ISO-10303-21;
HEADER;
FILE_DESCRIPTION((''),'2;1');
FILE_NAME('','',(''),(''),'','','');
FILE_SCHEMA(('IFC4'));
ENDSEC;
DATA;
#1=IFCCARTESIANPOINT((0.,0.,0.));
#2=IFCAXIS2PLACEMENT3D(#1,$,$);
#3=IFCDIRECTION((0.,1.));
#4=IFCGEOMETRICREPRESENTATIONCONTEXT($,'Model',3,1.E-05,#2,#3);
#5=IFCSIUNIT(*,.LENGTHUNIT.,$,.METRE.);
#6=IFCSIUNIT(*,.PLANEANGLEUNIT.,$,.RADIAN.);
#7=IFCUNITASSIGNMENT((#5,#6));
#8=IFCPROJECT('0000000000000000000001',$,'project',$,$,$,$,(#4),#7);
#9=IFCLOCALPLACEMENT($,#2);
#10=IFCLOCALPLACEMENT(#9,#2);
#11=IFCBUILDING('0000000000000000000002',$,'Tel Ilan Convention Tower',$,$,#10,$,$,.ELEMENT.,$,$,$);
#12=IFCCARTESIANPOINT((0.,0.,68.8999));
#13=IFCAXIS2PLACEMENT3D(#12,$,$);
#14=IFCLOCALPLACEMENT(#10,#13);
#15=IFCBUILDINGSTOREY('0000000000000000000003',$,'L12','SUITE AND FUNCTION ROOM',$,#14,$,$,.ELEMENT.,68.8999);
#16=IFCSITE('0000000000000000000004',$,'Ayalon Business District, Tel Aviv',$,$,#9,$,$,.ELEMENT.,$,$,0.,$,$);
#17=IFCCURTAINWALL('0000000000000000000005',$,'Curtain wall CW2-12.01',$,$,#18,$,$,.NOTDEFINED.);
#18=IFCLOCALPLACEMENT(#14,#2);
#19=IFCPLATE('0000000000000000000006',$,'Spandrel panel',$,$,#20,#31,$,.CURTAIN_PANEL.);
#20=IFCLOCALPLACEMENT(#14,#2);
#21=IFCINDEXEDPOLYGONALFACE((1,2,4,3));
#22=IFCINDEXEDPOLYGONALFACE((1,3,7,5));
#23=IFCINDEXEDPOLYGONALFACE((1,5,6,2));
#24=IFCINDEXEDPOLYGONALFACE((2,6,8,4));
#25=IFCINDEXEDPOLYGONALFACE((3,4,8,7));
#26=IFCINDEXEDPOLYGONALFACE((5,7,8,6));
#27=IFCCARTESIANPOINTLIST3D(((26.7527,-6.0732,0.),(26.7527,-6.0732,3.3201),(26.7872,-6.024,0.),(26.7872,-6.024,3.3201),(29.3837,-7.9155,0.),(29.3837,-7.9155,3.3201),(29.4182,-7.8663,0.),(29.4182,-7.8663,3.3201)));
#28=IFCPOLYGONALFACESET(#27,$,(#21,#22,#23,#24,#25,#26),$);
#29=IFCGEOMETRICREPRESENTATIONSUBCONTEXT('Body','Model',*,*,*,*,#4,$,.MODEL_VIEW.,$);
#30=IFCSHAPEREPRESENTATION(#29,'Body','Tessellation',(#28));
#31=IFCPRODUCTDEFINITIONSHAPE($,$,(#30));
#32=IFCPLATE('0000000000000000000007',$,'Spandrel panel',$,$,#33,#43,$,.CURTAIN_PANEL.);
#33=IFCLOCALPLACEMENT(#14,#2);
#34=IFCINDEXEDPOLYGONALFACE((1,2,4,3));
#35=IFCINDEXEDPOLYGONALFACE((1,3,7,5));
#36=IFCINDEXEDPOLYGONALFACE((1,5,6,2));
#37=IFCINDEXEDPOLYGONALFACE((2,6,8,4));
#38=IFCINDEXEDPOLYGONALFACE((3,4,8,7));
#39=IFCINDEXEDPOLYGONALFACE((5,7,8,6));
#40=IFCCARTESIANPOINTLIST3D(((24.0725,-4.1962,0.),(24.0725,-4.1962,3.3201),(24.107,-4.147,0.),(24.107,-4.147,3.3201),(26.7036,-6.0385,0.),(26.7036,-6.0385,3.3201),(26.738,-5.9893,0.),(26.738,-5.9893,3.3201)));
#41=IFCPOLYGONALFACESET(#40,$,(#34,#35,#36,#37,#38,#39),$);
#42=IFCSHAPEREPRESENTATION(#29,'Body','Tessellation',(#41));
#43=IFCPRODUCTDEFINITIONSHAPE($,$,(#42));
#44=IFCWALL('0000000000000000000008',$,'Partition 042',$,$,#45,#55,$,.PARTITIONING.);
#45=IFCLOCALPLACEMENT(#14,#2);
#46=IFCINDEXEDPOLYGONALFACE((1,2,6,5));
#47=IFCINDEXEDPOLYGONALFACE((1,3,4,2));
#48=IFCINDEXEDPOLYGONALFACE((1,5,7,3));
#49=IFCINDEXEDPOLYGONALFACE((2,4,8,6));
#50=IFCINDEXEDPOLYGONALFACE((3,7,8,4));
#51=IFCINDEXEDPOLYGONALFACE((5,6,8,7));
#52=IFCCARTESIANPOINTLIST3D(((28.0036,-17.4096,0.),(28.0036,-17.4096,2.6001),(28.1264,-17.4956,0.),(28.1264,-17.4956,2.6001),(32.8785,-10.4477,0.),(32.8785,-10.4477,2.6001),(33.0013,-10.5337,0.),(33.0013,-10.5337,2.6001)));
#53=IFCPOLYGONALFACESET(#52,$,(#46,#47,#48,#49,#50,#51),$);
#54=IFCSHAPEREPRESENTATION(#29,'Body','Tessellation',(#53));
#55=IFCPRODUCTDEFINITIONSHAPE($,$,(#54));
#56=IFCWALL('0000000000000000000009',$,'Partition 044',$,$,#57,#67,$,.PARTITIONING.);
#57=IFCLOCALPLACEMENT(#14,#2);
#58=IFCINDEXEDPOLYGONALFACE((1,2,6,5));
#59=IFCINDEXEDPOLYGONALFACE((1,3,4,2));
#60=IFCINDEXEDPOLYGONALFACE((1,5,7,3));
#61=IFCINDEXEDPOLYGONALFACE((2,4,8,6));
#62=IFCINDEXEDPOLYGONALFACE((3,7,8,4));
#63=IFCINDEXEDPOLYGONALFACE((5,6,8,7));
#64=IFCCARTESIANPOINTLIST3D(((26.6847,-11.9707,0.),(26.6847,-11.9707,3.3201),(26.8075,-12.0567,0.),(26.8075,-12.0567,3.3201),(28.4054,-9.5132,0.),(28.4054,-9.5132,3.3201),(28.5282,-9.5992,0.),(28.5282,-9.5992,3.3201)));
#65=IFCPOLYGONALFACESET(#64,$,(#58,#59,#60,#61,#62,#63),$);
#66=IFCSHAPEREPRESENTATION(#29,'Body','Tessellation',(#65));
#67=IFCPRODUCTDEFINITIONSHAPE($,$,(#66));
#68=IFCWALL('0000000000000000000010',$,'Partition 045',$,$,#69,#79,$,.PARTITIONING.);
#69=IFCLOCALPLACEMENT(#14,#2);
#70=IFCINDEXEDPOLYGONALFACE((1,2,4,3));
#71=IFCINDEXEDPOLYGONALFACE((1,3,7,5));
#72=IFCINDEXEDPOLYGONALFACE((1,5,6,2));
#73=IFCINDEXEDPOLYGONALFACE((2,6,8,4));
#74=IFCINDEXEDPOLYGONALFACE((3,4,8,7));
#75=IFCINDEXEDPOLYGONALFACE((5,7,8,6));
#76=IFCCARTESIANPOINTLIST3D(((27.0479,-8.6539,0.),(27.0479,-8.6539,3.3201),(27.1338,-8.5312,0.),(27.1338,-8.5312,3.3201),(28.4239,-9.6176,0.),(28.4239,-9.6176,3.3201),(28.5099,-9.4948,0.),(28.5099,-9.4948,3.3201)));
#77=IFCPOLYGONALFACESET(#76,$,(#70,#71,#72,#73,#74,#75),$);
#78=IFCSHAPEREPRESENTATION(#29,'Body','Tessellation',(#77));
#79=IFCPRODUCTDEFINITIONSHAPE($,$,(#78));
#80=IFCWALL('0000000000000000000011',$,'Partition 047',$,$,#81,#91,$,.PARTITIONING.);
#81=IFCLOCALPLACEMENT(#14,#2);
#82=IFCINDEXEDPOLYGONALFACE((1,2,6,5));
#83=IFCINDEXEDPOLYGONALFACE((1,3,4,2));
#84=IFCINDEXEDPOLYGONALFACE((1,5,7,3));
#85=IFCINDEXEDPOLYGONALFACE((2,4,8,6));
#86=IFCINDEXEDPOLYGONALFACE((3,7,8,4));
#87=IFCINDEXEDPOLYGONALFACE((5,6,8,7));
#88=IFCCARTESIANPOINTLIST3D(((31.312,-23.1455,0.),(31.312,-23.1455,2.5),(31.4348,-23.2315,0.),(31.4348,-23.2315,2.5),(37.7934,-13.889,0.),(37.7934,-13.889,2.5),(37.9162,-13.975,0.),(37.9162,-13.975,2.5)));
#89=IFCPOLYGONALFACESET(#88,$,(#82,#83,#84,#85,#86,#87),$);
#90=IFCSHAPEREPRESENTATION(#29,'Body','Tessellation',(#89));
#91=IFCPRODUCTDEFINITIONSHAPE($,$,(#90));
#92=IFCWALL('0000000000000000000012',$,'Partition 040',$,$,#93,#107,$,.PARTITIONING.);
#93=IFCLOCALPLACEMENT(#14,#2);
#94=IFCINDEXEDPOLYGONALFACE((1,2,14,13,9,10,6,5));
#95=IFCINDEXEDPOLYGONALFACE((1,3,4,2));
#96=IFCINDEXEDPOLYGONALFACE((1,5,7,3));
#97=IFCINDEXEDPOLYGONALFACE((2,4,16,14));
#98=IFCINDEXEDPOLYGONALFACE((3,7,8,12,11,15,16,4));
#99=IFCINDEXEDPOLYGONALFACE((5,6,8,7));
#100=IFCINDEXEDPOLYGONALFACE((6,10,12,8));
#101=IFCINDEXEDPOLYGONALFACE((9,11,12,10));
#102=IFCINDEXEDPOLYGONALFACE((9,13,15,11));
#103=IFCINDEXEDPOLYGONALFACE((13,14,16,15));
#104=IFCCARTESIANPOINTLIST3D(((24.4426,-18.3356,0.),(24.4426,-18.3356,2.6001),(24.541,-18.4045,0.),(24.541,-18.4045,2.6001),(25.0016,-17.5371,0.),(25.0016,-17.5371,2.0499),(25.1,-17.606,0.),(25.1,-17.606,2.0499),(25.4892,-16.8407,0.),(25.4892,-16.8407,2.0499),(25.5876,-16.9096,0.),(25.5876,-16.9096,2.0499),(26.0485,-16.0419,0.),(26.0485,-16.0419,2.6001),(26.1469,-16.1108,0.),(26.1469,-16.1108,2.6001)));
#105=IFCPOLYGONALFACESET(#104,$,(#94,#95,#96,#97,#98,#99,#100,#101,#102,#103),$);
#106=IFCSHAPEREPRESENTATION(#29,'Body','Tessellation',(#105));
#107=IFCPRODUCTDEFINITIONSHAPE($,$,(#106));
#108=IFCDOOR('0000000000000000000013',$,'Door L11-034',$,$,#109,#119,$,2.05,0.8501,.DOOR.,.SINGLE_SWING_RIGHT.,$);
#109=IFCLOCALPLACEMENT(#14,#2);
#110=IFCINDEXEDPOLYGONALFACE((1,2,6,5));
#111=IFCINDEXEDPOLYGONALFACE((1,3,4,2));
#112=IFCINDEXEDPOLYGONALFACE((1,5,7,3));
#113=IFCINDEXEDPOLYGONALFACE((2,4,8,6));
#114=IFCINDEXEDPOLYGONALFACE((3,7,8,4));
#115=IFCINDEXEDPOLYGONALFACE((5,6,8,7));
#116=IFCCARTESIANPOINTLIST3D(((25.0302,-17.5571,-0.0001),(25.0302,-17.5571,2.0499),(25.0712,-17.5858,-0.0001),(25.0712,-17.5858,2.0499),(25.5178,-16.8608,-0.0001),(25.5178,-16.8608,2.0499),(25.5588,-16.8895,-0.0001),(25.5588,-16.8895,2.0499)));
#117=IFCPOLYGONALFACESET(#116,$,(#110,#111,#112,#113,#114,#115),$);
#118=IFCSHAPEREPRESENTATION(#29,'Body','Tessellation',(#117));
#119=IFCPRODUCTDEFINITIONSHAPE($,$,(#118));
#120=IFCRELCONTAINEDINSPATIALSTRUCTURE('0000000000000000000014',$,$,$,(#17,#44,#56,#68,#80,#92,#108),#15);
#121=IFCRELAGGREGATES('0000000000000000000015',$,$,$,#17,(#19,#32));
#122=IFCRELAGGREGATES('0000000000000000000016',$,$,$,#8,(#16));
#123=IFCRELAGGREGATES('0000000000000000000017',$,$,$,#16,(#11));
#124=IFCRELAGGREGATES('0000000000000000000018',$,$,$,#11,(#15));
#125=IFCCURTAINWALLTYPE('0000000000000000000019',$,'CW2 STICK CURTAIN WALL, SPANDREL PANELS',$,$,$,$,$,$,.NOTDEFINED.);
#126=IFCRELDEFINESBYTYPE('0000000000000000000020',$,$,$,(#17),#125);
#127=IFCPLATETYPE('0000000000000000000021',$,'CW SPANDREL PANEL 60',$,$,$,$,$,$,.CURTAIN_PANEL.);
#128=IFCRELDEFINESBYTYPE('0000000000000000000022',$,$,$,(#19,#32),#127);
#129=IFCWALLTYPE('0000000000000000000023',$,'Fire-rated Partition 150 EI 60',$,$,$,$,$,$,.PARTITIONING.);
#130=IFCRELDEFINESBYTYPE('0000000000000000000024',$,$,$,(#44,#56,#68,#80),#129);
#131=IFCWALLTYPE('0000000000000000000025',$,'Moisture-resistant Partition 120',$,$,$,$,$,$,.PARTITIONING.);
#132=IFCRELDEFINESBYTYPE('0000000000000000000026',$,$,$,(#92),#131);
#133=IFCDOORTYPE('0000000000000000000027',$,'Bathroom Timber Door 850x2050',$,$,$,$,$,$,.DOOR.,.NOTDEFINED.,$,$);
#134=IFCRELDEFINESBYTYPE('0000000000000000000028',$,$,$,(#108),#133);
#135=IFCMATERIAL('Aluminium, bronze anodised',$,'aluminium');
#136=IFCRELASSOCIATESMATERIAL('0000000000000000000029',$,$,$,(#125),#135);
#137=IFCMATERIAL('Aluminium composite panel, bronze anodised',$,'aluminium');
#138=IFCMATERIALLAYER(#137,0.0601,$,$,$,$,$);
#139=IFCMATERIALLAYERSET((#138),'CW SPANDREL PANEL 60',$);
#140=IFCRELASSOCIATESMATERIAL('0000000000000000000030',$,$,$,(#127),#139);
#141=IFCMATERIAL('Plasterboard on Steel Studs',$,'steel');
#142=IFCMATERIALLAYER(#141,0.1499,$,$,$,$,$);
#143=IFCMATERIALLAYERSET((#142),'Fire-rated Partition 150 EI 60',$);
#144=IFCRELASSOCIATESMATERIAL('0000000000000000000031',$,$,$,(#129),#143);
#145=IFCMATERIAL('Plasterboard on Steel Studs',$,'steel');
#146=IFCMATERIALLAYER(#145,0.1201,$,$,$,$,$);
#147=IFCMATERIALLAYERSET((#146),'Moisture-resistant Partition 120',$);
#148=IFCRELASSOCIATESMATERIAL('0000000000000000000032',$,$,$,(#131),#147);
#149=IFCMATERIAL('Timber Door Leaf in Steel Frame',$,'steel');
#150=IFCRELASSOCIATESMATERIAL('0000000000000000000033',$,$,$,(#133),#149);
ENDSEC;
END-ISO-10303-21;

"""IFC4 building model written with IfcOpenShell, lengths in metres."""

from ifc_helpers import new_model, si_unit, direction, frame, frame_2d, origin, origin_2d, place, context, subcontext, project, spatial, rectangle, extrude, material, layer, layer_set, type_object, element, fill, aggregate, save


model = new_model("IFC4")

# Units and contexts
model_context = context("Model", 3, precision=1e-05, world=origin(), true_north=direction((0.0, 1.0)))
body_context = subcontext(model_context, "Body", "Model", "MODEL_VIEW")
ifc_project = project(units=[si_unit("LENGTHUNIT", "METRE"), si_unit("PLANEANGLEUNIT", "RADIAN")], contexts=[model_context])

# Site, building, storey
site_placement = place(None, origin())
site = spatial("IfcSite", under=ifc_project, at=site_placement, Name="Ayalon Business District, Tel Aviv", CompositionType="ELEMENT", RefElevation=0.0)
building_placement = place(site_placement, origin())
building = spatial("IfcBuilding", under=site, at=building_placement, Name="Tel Ilan Convention Tower", CompositionType="ELEMENT")
storey_placement = place(building_placement, frame((0.0, 0.0, 68.8999)))
storey = spatial("IfcBuildingStorey", under=building, at=storey_placement, Name="L12", Description="SUITE AND FUNCTION ROOM", CompositionType="ELEMENT", Elevation=68.8999)

# Curtain wall
ifc_material_1 = material(Name="Aluminium, bronze anodised", Category="aluminium")
curtain_wall_type_1 = type_object("IfcCurtainWallType", Name="CW2 STICK CURTAIN WALL, SPANDREL PANELS", PredefinedType="NOTDEFINED", material=ifc_material_1)
curtain_wall_1_placement = place(storey_placement, origin())
curtain_wall_1 = element("IfcCurtainWall", 1, at=curtain_wall_1_placement, inside=storey, type_object=curtain_wall_type_1, Name="Curtain wall CW2-12.01", PredefinedType="NOTDEFINED")

# Plates
ifc_material_2 = material(Name="Aluminium composite panel, bronze anodised", Category="aluminium")
ifc_layer_1 = layer(ifc_material_2, 0.0601)
ifc_layer_set_1 = layer_set([ifc_layer_1], Name="CW SPANDREL PANEL 60")
plate_type_1 = type_object("IfcPlateType", Name="CW SPANDREL PANEL 60", PredefinedType="CURTAIN_PANEL", material=ifc_layer_set_1)
plate_1_placement = place(storey_placement, frame((28.0854, -6.9697, 0.0), z_axis=(0.0, 0.0, 1.0), x_axis=(-0.819152, 0.573576, 0.0)))
plate_1 = element("IfcPlate", 2, at=plate_1_placement, type_object=plate_type_1, Name="Spandrel panel", PredefinedType="CURTAIN_PANEL", context=body_context, shape_type="SweptSolid", body=[
    extrude(rectangle(XDim=3.2119, YDim=0.0601, at=origin_2d()), origin(), (0.0, 0.0, 1.0), 3.3201),
])
plate_2_placement = place(storey_placement, frame((25.4053, -5.0928, 0.0), z_axis=(0.0, 0.0, 1.0), x_axis=(-0.819152, 0.573576, 0.0)))
plate_2 = element("IfcPlate", 3, at=plate_2_placement, type_object=plate_type_1, Name="Spandrel panel", PredefinedType="CURTAIN_PANEL", context=body_context, shape_type="SweptSolid", body=[
    extrude(rectangle(XDim=3.2119, YDim=0.0601, at=origin_2d()), origin(), (0.0, 0.0, 1.0), 3.3201),
])
aggregate(curtain_wall_1, [plate_1, plate_2])

# Walls
ifc_material_3 = material(Name="Plasterboard on Steel Studs", Category="steel")
ifc_layer_2 = layer(ifc_material_3, 0.1499)
ifc_layer_set_2 = layer_set([ifc_layer_2], Name="Fire-rated Partition 150 EI 60")
wall_type_1 = type_object("IfcWallType", Name="Fire-rated Partition 150 EI 60", PredefinedType="PARTITIONING", material=ifc_layer_set_2)
wall_1_placement = place(storey_placement, frame((32.9399, -10.4907, 0.0), z_axis=(0.0, 0.0, 1.0), x_axis=(-0.573593, -0.81914, 0.0)))
element("IfcWall", 4, at=wall_1_placement, inside=storey, type_object=wall_type_1, Name="Partition 042", PredefinedType="PARTITIONING", context=body_context, shape_type="SweptSolid", body=[
    extrude(rectangle(XDim=8.499, YDim=0.1499, at=frame_2d((4.2495, 0.0))), origin(), (0.0, 0.0, 1.0), 2.6001),
])
wall_2_placement = place(storey_placement, frame((26.7461, -12.0137, 0.0), z_axis=(0.0, 0.0, 1.0), x_axis=(0.573561, 0.819163, 0.0)))
element("IfcWall", 5, at=wall_2_placement, inside=storey, type_object=wall_type_1, Name="Partition 044", PredefinedType="PARTITIONING", context=body_context, shape_type="SweptSolid", body=[
    extrude(rectangle(XDim=3.0, YDim=0.1499, at=frame_2d((1.5, 0.0))), origin(), (0.0, 0.0, 1.0), 3.3201),
])
wall_3_placement = place(storey_placement, frame((28.4668, -9.5562, 0.0), z_axis=(0.0, 0.0, 1.0), x_axis=(-0.819109, 0.573638, 0.0)))
element("IfcWall", 6, at=wall_3_placement, inside=storey, type_object=wall_type_1, Name="Partition 045", PredefinedType="PARTITIONING", context=body_context, shape_type="SweptSolid", body=[
    extrude(rectangle(XDim=1.6799, YDim=0.1499, at=frame_2d((0.8398, 0.0))), origin(), (0.0, 0.0, 1.0), 3.3201),
])
wall_4_placement = place(storey_placement, frame((37.8547, -13.9321, 0.0), z_axis=(0.0, 0.0, 1.0), x_axis=(-0.573571, -0.819156, 0.0)))
element("IfcWall", 7, at=wall_4_placement, inside=storey, type_object=wall_type_1, Name="Partition 047", PredefinedType="PARTITIONING", context=body_context, shape_type="SweptSolid", body=[
    extrude(rectangle(XDim=11.3, YDim=0.1499, at=frame_2d((5.6499, 0.0))), origin(), (0.0, 0.0, 1.0), 2.5),
])

# Wall, opening, door
ifc_material_4 = material(Name="Plasterboard on Steel Studs", Category="steel")
ifc_layer_3 = layer(ifc_material_4, 0.1201)
ifc_layer_set_3 = layer_set([ifc_layer_3], Name="Moisture-resistant Partition 120")
wall_type_2 = type_object("IfcWallType", Name="Moisture-resistant Partition 120", PredefinedType="PARTITIONING", material=ifc_layer_set_3)
wall_5_placement = place(storey_placement, frame((26.0977, -16.0764, 0.0), z_axis=(0.0, 0.0, 1.0), x_axis=(-0.57355, -0.81917, 0.0)))
wall_5 = element("IfcWall", 8, at=wall_5_placement, inside=storey, type_object=wall_type_2, Name="Partition 040", PredefinedType="PARTITIONING", context=body_context, shape_type="SweptSolid", body=[
    extrude(rectangle(XDim=2.8, YDim=0.1201, at=frame_2d((1.3999, 0.0))), origin(), (0.0, 0.0, 1.0), 2.6001),
])
opening_placement = place(wall_5_placement, frame((0.9751, 0.0, 0.0)))
opening = element("IfcOpeningElement", 9, at=opening_placement, cuts=wall_5, PredefinedType="OPENING", context=body_context, shape_type="SweptSolid", body=[
    extrude(rectangle(XDim=0.8501, YDim=2.05, at=frame_2d((0.425, 1.0249))), frame((0.0, 0.0701, 0.0), z_axis=(0.0, -1.0, 0.0), x_axis=(1.0, 0.0, 0.0)), (0.0, 0.0, 1.0), 0.1401),
])
ifc_material_5 = material(Name="Timber Door Leaf in Steel Frame", Category="steel")
door_type = type_object("IfcDoorType", Name="Bathroom Timber Door 850x2050", OperationType="NOTDEFINED", PredefinedType="DOOR", material=ifc_material_5)
door_placement = place(opening_placement, origin())
door = element("IfcDoor", 10, at=door_placement, inside=storey, type_object=door_type, Name="Door L11-034", OperationType="SINGLE_SWING_RIGHT", OverallHeight=2.05, OverallWidth=0.8501, PredefinedType="DOOR", context=body_context, shape_type="SweptSolid", body=[
    extrude(rectangle(XDim=0.8501, YDim=2.05, at=frame_2d((0.425, 1.0249))), frame((0.0, 0.0249, 0.0), z_axis=(0.0, -1.0, 0.0), x_axis=(1.0, 0.0, 0.0)), (0.0, 0.0, 1.0), 0.05),
])
fill(opening, door)

save(model, "model.ifc")
